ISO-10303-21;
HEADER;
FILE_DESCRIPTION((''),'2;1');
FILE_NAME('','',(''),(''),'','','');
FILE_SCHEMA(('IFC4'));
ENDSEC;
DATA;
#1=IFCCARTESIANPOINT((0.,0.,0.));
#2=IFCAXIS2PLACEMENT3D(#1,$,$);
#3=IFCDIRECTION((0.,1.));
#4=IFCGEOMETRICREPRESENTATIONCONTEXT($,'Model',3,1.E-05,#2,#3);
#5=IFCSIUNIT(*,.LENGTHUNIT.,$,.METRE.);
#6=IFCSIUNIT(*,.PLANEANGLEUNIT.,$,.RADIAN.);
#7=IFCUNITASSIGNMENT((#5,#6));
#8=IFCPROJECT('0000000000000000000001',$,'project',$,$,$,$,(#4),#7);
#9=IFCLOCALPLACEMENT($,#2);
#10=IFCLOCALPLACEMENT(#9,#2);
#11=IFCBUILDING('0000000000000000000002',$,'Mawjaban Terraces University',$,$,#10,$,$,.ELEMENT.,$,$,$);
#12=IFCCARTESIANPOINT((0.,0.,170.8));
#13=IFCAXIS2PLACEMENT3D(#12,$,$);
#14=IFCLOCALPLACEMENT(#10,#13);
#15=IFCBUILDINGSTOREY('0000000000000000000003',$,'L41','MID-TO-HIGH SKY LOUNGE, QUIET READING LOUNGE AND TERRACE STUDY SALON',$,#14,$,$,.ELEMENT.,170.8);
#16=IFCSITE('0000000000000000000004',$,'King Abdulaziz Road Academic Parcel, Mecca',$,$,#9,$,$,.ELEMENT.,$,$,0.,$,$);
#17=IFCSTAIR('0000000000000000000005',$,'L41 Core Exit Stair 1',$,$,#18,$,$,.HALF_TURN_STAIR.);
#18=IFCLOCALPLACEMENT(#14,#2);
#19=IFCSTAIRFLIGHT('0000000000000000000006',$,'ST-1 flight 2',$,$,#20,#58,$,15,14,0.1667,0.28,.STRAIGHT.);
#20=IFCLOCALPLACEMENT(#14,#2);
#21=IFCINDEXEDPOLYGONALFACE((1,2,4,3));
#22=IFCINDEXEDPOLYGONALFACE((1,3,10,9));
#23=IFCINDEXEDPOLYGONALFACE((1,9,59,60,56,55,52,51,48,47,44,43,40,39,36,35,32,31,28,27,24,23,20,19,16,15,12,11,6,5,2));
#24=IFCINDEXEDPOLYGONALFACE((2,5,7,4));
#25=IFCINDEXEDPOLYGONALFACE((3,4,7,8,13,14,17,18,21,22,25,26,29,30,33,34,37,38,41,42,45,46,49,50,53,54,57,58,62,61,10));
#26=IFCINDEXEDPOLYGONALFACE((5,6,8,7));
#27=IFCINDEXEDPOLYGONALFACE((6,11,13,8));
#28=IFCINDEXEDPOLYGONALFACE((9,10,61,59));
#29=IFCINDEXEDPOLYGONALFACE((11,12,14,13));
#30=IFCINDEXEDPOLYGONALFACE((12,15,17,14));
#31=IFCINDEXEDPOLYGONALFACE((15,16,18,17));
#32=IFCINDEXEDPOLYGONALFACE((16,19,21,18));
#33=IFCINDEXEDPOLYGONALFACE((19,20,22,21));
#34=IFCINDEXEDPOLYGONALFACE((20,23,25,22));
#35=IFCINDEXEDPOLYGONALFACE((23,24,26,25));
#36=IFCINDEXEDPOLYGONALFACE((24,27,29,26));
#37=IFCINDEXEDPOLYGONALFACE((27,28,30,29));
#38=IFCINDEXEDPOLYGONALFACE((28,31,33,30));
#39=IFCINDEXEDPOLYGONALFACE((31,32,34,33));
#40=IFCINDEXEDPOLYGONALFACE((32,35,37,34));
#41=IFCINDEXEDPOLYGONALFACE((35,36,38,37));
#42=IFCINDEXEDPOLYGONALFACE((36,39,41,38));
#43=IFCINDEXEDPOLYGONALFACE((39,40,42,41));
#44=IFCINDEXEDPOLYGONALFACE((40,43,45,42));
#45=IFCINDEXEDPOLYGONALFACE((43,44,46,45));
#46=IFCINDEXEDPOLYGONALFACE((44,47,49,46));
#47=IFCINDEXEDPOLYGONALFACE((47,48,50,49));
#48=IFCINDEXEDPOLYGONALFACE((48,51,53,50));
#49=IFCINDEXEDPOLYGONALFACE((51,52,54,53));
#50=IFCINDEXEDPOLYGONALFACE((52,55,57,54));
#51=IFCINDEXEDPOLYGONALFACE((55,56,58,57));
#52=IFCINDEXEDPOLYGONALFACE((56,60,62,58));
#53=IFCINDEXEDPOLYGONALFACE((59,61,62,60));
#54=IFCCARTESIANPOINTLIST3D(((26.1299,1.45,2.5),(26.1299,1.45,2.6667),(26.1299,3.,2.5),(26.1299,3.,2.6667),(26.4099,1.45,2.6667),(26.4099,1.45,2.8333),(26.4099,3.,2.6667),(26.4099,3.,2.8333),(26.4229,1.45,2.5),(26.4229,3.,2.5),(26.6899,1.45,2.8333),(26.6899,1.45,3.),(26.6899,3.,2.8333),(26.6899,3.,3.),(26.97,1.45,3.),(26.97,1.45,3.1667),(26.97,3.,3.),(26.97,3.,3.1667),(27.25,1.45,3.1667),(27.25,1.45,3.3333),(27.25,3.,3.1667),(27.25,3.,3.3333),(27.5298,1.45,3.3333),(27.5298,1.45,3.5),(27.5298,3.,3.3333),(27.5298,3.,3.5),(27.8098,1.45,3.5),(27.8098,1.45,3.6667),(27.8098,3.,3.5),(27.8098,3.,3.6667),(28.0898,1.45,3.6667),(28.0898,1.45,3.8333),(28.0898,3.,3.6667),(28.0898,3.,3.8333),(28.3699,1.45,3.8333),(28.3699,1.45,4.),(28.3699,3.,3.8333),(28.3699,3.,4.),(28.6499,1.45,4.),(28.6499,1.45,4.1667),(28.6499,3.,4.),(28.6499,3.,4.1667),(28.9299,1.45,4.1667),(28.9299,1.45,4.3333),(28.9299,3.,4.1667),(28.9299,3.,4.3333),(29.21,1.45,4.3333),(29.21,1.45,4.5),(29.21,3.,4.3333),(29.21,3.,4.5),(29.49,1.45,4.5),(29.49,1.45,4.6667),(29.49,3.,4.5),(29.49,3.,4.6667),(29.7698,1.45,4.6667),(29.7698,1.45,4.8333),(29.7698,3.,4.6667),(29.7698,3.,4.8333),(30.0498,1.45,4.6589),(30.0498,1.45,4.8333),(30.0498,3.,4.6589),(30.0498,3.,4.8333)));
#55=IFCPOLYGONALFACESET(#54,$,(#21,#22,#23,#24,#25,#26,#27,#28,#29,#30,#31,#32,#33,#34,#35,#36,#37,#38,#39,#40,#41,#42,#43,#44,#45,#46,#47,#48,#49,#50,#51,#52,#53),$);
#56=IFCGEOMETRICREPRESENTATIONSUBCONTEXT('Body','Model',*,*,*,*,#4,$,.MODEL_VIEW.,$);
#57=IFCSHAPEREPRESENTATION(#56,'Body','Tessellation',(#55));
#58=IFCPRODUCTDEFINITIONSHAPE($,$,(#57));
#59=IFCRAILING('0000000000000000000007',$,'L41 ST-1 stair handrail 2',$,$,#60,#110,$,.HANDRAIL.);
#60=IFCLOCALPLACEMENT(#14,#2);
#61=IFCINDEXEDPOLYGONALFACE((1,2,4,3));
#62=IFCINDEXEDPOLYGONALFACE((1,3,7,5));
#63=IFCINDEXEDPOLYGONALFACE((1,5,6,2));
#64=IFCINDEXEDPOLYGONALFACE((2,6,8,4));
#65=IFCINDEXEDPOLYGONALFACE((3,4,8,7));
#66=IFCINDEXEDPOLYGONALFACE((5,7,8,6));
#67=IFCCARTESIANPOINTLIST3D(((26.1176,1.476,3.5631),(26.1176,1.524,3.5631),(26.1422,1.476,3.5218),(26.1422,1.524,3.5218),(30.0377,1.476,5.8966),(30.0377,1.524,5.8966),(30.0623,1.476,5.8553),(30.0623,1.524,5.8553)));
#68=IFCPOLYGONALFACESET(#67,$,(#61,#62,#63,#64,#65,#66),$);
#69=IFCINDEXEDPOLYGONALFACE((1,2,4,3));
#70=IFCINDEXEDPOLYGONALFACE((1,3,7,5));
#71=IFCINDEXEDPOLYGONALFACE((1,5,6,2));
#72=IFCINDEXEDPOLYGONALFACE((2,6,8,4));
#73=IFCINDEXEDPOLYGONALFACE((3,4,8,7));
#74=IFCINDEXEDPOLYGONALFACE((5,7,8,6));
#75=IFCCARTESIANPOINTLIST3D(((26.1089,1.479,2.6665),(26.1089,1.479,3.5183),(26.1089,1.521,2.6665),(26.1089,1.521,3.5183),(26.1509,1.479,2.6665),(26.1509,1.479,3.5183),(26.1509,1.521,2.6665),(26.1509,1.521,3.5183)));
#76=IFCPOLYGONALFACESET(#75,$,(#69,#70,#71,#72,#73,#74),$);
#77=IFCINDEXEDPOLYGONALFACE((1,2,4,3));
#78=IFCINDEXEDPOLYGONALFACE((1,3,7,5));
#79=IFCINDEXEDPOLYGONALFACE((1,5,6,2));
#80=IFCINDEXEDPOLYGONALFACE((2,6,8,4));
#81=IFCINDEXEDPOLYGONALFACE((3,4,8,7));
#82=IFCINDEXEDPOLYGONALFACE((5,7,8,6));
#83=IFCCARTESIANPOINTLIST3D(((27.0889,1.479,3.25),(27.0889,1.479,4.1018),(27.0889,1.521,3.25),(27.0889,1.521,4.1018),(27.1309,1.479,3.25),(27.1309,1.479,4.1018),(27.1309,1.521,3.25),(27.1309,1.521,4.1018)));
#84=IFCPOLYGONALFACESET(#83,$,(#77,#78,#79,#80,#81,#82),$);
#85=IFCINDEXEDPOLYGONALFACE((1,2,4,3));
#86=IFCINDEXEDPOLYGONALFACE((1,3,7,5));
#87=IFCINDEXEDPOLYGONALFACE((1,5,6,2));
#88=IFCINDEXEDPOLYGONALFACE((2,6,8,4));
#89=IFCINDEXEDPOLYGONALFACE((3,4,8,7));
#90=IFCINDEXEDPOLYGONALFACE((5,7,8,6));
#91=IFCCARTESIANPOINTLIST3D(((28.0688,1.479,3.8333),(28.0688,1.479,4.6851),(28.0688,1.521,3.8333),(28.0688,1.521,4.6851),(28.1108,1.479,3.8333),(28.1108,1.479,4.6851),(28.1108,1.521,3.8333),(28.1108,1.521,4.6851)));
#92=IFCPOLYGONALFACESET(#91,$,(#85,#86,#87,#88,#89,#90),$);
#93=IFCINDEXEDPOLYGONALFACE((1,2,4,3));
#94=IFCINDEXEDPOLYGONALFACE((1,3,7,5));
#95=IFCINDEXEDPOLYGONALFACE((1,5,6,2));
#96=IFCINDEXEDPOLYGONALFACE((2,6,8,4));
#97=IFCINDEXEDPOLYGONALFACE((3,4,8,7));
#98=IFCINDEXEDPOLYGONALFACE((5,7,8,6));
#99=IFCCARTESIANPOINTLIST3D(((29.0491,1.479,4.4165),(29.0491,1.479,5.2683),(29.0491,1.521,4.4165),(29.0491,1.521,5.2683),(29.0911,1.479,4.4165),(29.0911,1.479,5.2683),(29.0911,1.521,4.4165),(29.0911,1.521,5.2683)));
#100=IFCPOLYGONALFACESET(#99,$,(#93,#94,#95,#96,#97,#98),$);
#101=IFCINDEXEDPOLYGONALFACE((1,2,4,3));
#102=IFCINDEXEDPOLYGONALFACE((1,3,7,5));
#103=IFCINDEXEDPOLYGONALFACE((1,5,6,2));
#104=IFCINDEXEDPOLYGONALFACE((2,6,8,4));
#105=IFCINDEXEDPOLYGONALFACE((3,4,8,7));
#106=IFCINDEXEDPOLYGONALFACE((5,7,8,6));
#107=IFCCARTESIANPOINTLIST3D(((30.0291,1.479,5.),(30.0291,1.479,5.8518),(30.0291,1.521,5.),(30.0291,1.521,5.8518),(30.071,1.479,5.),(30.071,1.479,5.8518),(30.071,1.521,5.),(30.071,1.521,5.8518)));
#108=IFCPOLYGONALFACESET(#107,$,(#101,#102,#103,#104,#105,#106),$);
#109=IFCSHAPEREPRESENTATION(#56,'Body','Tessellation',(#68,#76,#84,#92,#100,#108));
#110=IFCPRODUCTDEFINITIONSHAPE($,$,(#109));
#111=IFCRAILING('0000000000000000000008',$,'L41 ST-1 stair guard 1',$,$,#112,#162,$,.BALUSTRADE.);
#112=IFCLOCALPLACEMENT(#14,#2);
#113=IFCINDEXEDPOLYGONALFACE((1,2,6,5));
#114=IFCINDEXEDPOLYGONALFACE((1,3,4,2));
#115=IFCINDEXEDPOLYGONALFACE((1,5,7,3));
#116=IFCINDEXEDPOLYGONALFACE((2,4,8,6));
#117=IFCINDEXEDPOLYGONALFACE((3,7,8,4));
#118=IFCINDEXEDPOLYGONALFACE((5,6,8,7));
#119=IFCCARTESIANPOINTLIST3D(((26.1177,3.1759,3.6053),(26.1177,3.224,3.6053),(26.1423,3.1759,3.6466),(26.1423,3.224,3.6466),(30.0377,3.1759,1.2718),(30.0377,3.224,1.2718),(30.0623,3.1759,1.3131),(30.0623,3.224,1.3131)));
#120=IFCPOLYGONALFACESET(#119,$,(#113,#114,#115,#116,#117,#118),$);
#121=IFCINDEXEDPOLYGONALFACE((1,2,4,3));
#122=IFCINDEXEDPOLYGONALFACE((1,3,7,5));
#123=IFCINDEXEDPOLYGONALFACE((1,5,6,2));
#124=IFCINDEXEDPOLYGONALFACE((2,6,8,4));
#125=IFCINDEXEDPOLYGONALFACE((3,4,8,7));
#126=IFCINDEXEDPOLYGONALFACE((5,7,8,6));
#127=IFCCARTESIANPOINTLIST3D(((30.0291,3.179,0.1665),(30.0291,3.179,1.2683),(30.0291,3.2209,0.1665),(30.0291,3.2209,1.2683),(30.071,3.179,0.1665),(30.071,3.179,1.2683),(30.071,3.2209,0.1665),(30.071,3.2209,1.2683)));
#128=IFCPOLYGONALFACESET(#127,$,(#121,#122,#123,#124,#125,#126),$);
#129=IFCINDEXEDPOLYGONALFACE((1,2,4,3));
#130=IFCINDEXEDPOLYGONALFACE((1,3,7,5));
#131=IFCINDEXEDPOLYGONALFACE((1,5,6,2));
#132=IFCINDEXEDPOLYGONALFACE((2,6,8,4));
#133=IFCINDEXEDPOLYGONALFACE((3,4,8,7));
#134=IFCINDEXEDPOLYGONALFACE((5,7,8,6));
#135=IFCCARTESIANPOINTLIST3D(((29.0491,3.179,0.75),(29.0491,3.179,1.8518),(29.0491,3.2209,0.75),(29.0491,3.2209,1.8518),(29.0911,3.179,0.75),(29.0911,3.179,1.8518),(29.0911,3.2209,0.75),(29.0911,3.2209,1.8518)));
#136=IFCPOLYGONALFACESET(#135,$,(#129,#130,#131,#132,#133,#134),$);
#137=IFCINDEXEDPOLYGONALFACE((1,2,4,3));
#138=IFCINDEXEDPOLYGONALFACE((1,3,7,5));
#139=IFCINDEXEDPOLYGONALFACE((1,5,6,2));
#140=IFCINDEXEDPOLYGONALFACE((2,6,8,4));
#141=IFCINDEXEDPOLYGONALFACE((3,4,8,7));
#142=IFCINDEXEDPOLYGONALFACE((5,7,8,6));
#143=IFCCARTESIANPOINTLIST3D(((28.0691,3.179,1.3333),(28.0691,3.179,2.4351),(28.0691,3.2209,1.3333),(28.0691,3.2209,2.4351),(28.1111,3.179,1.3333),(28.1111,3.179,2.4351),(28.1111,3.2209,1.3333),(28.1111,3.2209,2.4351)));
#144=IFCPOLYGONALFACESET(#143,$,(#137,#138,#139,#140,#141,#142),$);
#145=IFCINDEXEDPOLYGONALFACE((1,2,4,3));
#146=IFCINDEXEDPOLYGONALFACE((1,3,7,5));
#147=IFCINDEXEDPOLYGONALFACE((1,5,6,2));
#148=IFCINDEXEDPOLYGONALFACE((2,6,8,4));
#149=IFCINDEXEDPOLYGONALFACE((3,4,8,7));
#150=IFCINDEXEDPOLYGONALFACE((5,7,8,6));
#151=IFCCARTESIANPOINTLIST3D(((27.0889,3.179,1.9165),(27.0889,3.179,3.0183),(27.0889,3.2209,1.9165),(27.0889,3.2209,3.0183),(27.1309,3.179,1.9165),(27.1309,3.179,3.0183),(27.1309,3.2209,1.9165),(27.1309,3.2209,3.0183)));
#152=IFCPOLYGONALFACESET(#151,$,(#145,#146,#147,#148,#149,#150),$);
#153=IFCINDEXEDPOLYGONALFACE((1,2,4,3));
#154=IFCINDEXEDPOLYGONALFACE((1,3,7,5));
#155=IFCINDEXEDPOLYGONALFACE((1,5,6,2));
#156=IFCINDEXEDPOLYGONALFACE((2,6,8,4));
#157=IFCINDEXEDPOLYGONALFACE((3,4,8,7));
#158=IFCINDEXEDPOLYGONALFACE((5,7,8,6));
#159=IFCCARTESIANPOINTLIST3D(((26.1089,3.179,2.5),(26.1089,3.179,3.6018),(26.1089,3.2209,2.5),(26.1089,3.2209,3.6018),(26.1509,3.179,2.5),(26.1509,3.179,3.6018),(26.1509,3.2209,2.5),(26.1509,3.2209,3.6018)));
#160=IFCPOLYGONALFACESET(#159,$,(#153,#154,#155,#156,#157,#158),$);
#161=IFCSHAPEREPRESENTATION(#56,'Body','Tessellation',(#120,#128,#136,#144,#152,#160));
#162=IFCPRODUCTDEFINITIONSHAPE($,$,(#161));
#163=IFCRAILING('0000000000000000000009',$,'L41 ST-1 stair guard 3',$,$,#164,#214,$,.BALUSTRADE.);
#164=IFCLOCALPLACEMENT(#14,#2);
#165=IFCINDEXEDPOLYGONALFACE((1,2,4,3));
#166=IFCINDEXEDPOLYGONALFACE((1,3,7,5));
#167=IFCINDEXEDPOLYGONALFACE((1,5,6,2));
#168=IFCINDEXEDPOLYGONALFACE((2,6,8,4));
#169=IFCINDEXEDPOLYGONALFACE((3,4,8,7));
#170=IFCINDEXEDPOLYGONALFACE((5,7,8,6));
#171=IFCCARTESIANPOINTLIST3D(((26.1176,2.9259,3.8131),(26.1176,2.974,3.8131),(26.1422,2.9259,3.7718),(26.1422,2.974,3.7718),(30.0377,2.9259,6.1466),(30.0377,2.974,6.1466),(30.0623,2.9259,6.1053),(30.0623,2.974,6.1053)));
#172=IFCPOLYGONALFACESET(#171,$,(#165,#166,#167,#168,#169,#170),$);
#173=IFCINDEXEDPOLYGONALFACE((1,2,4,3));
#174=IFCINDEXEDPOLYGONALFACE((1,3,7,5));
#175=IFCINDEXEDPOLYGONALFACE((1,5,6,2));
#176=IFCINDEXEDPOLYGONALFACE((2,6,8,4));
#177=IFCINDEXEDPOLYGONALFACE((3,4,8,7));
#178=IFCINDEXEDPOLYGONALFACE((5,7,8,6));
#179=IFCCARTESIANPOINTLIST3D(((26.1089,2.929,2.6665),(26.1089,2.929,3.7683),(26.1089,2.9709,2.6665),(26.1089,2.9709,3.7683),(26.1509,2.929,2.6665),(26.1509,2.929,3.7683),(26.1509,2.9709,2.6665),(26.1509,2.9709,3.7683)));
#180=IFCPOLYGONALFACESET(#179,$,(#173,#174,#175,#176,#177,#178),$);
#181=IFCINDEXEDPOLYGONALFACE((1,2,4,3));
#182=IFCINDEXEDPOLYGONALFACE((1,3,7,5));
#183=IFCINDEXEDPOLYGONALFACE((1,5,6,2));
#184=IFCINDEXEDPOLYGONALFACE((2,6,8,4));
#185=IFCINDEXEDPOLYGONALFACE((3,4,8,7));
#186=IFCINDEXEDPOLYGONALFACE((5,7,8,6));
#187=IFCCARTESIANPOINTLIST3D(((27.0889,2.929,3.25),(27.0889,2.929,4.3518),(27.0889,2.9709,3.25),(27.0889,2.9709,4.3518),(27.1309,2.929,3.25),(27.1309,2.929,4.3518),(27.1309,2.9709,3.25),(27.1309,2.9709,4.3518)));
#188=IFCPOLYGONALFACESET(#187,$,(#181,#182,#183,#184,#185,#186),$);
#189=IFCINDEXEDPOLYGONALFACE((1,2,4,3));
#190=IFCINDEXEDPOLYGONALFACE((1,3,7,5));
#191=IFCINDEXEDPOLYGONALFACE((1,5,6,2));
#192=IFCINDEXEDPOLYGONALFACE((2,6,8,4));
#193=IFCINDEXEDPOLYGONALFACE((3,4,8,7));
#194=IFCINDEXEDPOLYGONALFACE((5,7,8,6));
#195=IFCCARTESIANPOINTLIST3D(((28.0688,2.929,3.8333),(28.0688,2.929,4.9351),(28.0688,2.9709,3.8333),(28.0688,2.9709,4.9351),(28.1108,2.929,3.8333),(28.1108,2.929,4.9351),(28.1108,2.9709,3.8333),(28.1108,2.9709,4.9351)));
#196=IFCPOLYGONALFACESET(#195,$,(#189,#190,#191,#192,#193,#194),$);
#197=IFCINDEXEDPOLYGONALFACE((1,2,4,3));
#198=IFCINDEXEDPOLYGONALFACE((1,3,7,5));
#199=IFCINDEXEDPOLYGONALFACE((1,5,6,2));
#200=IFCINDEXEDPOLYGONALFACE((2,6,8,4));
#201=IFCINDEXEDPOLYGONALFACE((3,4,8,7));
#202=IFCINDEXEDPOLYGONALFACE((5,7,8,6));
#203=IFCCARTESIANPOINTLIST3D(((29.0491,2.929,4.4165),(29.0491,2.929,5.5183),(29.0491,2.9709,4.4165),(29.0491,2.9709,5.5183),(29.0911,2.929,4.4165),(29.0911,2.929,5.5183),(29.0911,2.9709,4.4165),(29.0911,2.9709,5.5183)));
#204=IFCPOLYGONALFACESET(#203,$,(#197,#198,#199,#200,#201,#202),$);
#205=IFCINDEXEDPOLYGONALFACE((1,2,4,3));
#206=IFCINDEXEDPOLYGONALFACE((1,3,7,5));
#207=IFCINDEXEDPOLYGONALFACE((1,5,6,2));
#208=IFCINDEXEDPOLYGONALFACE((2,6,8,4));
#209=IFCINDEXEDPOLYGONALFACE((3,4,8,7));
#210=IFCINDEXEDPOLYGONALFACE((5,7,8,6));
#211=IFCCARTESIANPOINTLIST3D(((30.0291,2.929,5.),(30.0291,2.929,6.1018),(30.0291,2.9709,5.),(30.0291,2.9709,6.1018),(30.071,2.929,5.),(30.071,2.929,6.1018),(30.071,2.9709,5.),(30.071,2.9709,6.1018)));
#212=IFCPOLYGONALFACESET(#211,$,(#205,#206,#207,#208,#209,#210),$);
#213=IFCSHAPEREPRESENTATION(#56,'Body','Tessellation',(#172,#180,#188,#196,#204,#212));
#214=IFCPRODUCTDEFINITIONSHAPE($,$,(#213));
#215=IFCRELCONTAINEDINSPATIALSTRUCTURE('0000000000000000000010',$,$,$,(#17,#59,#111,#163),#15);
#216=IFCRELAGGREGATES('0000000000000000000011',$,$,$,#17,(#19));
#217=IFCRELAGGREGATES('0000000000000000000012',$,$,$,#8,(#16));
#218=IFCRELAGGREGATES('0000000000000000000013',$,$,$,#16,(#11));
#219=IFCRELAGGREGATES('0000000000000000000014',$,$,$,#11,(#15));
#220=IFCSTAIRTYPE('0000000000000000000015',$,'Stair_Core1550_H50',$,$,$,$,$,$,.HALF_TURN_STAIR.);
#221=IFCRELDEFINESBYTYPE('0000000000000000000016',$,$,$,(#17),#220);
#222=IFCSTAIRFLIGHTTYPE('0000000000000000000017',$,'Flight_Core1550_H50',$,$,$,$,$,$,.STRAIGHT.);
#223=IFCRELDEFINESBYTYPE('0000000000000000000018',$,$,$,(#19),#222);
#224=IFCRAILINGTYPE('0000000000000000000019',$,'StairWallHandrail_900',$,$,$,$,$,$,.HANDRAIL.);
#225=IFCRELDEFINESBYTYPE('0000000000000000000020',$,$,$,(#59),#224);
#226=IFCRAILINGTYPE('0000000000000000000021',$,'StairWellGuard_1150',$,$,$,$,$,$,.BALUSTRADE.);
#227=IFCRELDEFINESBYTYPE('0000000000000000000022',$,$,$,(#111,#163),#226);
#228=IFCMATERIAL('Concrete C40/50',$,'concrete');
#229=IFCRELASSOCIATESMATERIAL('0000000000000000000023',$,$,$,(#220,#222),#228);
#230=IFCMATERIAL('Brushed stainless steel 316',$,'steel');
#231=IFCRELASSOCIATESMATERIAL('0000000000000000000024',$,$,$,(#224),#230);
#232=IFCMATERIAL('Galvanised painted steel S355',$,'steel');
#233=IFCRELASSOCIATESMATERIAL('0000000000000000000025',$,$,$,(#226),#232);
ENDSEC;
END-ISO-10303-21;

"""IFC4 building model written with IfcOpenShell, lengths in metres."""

from ifc_helpers import new_model, si_unit, direction, frame, origin, origin_2d, place, context, subcontext, project, spatial, polyline, rectangle, outline, extrude, material, type_object, element, aggregate, save


model = new_model("IFC4")

# Units and contexts
model_context = context("Model", 3, precision=1e-05, world=origin(), true_north=direction((0.0, 1.0)))
body_context = subcontext(model_context, "Body", "Model", "MODEL_VIEW")
ifc_project = project(units=[si_unit("LENGTHUNIT", "METRE"), si_unit("PLANEANGLEUNIT", "RADIAN")], contexts=[model_context])

# Site, building, storey
site_placement = place(None, origin())
site = spatial("IfcSite", under=ifc_project, at=site_placement, Name="King Abdulaziz Road Academic Parcel, Mecca", CompositionType="ELEMENT", RefElevation=0.0)
building_placement = place(site_placement, origin())
building = spatial("IfcBuilding", under=site, at=building_placement, Name="Mawjaban Terraces University", CompositionType="ELEMENT")
storey_placement = place(building_placement, frame((0.0, 0.0, 170.8)))
storey = spatial("IfcBuildingStorey", under=building, at=storey_placement, Name="L41", Description="MID-TO-HIGH SKY LOUNGE, QUIET READING LOUNGE AND TERRACE STUDY SALON", CompositionType="ELEMENT", Elevation=170.8)

# Shared definitions
ifc_material_1 = material(Name="Concrete C40/50", Category="concrete")

# Stair, stair flight
stair_type = type_object("IfcStairType", Name="Stair_Core1550_H50", PredefinedType="HALF_TURN_STAIR", material=ifc_material_1)
stair_placement = place(storey_placement, origin())
stair = element("IfcStair", 1, at=stair_placement, inside=storey, type_object=stair_type, Name="L41 Core Exit Stair 1", PredefinedType="HALF_TURN_STAIR")
stair_flight_type = type_object("IfcStairFlightType", Name="Flight_Core1550_H50", PredefinedType="STRAIGHT", material=ifc_material_1)
stair_flight_1_placement = place(storey_placement, frame((26.1299, 2.2251, 2.5), z_axis=(0.0, 0.0, 1.0), x_axis=(1.0, 0.0, 0.0)))
stair_flight_1 = element("IfcStairFlight", 2, at=stair_flight_1_placement, type_object=stair_flight_type, Name="ST-1 flight 2", NumberOfRisers=15, NumberOfTreads=14, PredefinedType="STRAIGHT", RiserHeight=0.1667, TreadLength=0.28, context=body_context, shape_type="SweptSolid", body=[
    extrude(outline(polyline([(0.0, 0.0), (0.0, 0.1667), (0.28, 0.1667), (0.28, 0.3333), (0.5601, 0.3333), (0.5601, 0.5), (0.8401, 0.5), (0.8401, 0.6667), (1.1201, 0.6667), (1.1201, 0.8333), (1.3999, 0.8333), (1.3999, 1.0), (1.6799, 1.0), (1.6799, 1.1667), (1.96, 1.1667), (1.96, 1.3333), (2.24, 1.3333), (2.24, 1.5), (2.52, 1.5), (2.52, 1.6667), (2.8, 1.6667), (2.8, 1.8333), (3.0801, 1.8333), (3.0801, 2.0), (3.3601, 2.0), (3.3601, 2.1667), (3.6399, 2.1667), (3.6399, 2.3333), (3.9199, 2.3333), (3.9199, 2.5), (3.9199, 2.1589), (0.293, 0.0), (0.0, 0.0)])), frame((0.0, 0.7749, 0.0), z_axis=(0.0, -1.0, 0.0), x_axis=(1.0, 0.0, 0.0)), (0.0, 0.0, 1.0), 1.55),
])
aggregate(stair, [stair_flight_1])

# Railings
ifc_material_2 = material(Name="Brushed stainless steel 316", Category="steel")
railing_type_1 = type_object("IfcRailingType", Name="StairWallHandrail_900", PredefinedType="HANDRAIL", material=ifc_material_2)
railing_1_placement = place(storey_placement, frame((26.1299, 1.5, 2.6665)))
element("IfcRailing", 3, at=railing_1_placement, inside=storey, type_object=railing_type_1, Name="L41 ST-1 stair handrail 2", PredefinedType="HANDRAIL", context=body_context, shape_type="SweptSolid", body=[
    extrude(rectangle(XDim=0.0481, YDim=0.0481, at=origin_2d()), frame((0.0, 0.0, 0.876), z_axis=(0.859287, 0.0, 0.511494), x_axis=(0.0, 1.0, 0.0)), (0.0, 0.0, 1.0), 4.562),
    extrude(rectangle(XDim=0.042, YDim=0.042, at=origin_2d()), origin(), (0.0, 0.0, 1.0), 0.8518),
    extrude(rectangle(XDim=0.042, YDim=0.042, at=origin_2d()), frame((0.98, 0.0, 0.5835)), (0.0, 0.0, 1.0), 0.8518),
    extrude(rectangle(XDim=0.042, YDim=0.042, at=origin_2d()), frame((1.96, 0.0, 1.1667)), (0.0, 0.0, 1.0), 0.8518),
    extrude(rectangle(XDim=0.042, YDim=0.042, at=origin_2d()), frame((2.9402, 0.0, 1.75)), (0.0, 0.0, 1.0), 0.8518),
    extrude(rectangle(XDim=0.042, YDim=0.042, at=origin_2d()), frame((3.9202, 0.0, 2.3335)), (0.0, 0.0, 1.0), 0.8518),
])
ifc_material_3 = material(Name="Galvanised painted steel S355", Category="steel")
railing_type_2 = type_object("IfcRailingType", Name="StairWellGuard_1150", PredefinedType="BALUSTRADE", material=ifc_material_3)
railing_2_placement = place(storey_placement, frame((30.05, 3.2, 0.1665)))
element("IfcRailing", 4, at=railing_2_placement, inside=storey, type_object=railing_type_2, Name="L41 ST-1 stair guard 1", PredefinedType="BALUSTRADE", context=body_context, shape_type="SweptSolid", body=[
    extrude(rectangle(XDim=0.0481, YDim=0.0481, at=origin_2d()), frame((0.0, 0.0, 1.126), z_axis=(-0.859287, 0.0, 0.511494), x_axis=(0.0, -1.0, 0.0)), (0.0, 0.0, 1.0), 4.562),
    extrude(rectangle(XDim=0.042, YDim=0.042, at=origin_2d()), origin(), (0.0, 0.0, 1.0), 1.1018),
    extrude(rectangle(XDim=0.042, YDim=0.042, at=origin_2d()), frame((-0.98, 0.0, 0.5835)), (0.0, 0.0, 1.0), 1.1018),
    extrude(rectangle(XDim=0.042, YDim=0.042, at=origin_2d()), frame((-1.96, 0.0, 1.1667)), (0.0, 0.0, 1.0), 1.1018),
    extrude(rectangle(XDim=0.042, YDim=0.042, at=origin_2d()), frame((-2.9402, 0.0, 1.75)), (0.0, 0.0, 1.0), 1.1018),
    extrude(rectangle(XDim=0.042, YDim=0.042, at=origin_2d()), frame((-3.9202, 0.0, 2.3335)), (0.0, 0.0, 1.0), 1.1018),
])
railing_3_placement = place(storey_placement, frame((26.1299, 2.95, 2.6665)))
element("IfcRailing", 5, at=railing_3_placement, inside=storey, type_object=railing_type_2, Name="L41 ST-1 stair guard 3", PredefinedType="BALUSTRADE", context=body_context, shape_type="SweptSolid", body=[
    extrude(rectangle(XDim=0.0481, YDim=0.0481, at=origin_2d()), frame((0.0, 0.0, 1.126), z_axis=(0.859287, 0.0, 0.511494), x_axis=(0.0, 1.0, 0.0)), (0.0, 0.0, 1.0), 4.562),
    extrude(rectangle(XDim=0.042, YDim=0.042, at=origin_2d()), origin(), (0.0, 0.0, 1.0), 1.1018),
    extrude(rectangle(XDim=0.042, YDim=0.042, at=origin_2d()), frame((0.98, 0.0, 0.5835)), (0.0, 0.0, 1.0), 1.1018),
    extrude(rectangle(XDim=0.042, YDim=0.042, at=origin_2d()), frame((1.96, 0.0, 1.1667)), (0.0, 0.0, 1.0), 1.1018),
    extrude(rectangle(XDim=0.042, YDim=0.042, at=origin_2d()), frame((2.9402, 0.0, 1.75)), (0.0, 0.0, 1.0), 1.1018),
    extrude(rectangle(XDim=0.042, YDim=0.042, at=origin_2d()), frame((3.9202, 0.0, 2.3335)), (0.0, 0.0, 1.0), 1.1018),
])

save(model, "model.ifc")
